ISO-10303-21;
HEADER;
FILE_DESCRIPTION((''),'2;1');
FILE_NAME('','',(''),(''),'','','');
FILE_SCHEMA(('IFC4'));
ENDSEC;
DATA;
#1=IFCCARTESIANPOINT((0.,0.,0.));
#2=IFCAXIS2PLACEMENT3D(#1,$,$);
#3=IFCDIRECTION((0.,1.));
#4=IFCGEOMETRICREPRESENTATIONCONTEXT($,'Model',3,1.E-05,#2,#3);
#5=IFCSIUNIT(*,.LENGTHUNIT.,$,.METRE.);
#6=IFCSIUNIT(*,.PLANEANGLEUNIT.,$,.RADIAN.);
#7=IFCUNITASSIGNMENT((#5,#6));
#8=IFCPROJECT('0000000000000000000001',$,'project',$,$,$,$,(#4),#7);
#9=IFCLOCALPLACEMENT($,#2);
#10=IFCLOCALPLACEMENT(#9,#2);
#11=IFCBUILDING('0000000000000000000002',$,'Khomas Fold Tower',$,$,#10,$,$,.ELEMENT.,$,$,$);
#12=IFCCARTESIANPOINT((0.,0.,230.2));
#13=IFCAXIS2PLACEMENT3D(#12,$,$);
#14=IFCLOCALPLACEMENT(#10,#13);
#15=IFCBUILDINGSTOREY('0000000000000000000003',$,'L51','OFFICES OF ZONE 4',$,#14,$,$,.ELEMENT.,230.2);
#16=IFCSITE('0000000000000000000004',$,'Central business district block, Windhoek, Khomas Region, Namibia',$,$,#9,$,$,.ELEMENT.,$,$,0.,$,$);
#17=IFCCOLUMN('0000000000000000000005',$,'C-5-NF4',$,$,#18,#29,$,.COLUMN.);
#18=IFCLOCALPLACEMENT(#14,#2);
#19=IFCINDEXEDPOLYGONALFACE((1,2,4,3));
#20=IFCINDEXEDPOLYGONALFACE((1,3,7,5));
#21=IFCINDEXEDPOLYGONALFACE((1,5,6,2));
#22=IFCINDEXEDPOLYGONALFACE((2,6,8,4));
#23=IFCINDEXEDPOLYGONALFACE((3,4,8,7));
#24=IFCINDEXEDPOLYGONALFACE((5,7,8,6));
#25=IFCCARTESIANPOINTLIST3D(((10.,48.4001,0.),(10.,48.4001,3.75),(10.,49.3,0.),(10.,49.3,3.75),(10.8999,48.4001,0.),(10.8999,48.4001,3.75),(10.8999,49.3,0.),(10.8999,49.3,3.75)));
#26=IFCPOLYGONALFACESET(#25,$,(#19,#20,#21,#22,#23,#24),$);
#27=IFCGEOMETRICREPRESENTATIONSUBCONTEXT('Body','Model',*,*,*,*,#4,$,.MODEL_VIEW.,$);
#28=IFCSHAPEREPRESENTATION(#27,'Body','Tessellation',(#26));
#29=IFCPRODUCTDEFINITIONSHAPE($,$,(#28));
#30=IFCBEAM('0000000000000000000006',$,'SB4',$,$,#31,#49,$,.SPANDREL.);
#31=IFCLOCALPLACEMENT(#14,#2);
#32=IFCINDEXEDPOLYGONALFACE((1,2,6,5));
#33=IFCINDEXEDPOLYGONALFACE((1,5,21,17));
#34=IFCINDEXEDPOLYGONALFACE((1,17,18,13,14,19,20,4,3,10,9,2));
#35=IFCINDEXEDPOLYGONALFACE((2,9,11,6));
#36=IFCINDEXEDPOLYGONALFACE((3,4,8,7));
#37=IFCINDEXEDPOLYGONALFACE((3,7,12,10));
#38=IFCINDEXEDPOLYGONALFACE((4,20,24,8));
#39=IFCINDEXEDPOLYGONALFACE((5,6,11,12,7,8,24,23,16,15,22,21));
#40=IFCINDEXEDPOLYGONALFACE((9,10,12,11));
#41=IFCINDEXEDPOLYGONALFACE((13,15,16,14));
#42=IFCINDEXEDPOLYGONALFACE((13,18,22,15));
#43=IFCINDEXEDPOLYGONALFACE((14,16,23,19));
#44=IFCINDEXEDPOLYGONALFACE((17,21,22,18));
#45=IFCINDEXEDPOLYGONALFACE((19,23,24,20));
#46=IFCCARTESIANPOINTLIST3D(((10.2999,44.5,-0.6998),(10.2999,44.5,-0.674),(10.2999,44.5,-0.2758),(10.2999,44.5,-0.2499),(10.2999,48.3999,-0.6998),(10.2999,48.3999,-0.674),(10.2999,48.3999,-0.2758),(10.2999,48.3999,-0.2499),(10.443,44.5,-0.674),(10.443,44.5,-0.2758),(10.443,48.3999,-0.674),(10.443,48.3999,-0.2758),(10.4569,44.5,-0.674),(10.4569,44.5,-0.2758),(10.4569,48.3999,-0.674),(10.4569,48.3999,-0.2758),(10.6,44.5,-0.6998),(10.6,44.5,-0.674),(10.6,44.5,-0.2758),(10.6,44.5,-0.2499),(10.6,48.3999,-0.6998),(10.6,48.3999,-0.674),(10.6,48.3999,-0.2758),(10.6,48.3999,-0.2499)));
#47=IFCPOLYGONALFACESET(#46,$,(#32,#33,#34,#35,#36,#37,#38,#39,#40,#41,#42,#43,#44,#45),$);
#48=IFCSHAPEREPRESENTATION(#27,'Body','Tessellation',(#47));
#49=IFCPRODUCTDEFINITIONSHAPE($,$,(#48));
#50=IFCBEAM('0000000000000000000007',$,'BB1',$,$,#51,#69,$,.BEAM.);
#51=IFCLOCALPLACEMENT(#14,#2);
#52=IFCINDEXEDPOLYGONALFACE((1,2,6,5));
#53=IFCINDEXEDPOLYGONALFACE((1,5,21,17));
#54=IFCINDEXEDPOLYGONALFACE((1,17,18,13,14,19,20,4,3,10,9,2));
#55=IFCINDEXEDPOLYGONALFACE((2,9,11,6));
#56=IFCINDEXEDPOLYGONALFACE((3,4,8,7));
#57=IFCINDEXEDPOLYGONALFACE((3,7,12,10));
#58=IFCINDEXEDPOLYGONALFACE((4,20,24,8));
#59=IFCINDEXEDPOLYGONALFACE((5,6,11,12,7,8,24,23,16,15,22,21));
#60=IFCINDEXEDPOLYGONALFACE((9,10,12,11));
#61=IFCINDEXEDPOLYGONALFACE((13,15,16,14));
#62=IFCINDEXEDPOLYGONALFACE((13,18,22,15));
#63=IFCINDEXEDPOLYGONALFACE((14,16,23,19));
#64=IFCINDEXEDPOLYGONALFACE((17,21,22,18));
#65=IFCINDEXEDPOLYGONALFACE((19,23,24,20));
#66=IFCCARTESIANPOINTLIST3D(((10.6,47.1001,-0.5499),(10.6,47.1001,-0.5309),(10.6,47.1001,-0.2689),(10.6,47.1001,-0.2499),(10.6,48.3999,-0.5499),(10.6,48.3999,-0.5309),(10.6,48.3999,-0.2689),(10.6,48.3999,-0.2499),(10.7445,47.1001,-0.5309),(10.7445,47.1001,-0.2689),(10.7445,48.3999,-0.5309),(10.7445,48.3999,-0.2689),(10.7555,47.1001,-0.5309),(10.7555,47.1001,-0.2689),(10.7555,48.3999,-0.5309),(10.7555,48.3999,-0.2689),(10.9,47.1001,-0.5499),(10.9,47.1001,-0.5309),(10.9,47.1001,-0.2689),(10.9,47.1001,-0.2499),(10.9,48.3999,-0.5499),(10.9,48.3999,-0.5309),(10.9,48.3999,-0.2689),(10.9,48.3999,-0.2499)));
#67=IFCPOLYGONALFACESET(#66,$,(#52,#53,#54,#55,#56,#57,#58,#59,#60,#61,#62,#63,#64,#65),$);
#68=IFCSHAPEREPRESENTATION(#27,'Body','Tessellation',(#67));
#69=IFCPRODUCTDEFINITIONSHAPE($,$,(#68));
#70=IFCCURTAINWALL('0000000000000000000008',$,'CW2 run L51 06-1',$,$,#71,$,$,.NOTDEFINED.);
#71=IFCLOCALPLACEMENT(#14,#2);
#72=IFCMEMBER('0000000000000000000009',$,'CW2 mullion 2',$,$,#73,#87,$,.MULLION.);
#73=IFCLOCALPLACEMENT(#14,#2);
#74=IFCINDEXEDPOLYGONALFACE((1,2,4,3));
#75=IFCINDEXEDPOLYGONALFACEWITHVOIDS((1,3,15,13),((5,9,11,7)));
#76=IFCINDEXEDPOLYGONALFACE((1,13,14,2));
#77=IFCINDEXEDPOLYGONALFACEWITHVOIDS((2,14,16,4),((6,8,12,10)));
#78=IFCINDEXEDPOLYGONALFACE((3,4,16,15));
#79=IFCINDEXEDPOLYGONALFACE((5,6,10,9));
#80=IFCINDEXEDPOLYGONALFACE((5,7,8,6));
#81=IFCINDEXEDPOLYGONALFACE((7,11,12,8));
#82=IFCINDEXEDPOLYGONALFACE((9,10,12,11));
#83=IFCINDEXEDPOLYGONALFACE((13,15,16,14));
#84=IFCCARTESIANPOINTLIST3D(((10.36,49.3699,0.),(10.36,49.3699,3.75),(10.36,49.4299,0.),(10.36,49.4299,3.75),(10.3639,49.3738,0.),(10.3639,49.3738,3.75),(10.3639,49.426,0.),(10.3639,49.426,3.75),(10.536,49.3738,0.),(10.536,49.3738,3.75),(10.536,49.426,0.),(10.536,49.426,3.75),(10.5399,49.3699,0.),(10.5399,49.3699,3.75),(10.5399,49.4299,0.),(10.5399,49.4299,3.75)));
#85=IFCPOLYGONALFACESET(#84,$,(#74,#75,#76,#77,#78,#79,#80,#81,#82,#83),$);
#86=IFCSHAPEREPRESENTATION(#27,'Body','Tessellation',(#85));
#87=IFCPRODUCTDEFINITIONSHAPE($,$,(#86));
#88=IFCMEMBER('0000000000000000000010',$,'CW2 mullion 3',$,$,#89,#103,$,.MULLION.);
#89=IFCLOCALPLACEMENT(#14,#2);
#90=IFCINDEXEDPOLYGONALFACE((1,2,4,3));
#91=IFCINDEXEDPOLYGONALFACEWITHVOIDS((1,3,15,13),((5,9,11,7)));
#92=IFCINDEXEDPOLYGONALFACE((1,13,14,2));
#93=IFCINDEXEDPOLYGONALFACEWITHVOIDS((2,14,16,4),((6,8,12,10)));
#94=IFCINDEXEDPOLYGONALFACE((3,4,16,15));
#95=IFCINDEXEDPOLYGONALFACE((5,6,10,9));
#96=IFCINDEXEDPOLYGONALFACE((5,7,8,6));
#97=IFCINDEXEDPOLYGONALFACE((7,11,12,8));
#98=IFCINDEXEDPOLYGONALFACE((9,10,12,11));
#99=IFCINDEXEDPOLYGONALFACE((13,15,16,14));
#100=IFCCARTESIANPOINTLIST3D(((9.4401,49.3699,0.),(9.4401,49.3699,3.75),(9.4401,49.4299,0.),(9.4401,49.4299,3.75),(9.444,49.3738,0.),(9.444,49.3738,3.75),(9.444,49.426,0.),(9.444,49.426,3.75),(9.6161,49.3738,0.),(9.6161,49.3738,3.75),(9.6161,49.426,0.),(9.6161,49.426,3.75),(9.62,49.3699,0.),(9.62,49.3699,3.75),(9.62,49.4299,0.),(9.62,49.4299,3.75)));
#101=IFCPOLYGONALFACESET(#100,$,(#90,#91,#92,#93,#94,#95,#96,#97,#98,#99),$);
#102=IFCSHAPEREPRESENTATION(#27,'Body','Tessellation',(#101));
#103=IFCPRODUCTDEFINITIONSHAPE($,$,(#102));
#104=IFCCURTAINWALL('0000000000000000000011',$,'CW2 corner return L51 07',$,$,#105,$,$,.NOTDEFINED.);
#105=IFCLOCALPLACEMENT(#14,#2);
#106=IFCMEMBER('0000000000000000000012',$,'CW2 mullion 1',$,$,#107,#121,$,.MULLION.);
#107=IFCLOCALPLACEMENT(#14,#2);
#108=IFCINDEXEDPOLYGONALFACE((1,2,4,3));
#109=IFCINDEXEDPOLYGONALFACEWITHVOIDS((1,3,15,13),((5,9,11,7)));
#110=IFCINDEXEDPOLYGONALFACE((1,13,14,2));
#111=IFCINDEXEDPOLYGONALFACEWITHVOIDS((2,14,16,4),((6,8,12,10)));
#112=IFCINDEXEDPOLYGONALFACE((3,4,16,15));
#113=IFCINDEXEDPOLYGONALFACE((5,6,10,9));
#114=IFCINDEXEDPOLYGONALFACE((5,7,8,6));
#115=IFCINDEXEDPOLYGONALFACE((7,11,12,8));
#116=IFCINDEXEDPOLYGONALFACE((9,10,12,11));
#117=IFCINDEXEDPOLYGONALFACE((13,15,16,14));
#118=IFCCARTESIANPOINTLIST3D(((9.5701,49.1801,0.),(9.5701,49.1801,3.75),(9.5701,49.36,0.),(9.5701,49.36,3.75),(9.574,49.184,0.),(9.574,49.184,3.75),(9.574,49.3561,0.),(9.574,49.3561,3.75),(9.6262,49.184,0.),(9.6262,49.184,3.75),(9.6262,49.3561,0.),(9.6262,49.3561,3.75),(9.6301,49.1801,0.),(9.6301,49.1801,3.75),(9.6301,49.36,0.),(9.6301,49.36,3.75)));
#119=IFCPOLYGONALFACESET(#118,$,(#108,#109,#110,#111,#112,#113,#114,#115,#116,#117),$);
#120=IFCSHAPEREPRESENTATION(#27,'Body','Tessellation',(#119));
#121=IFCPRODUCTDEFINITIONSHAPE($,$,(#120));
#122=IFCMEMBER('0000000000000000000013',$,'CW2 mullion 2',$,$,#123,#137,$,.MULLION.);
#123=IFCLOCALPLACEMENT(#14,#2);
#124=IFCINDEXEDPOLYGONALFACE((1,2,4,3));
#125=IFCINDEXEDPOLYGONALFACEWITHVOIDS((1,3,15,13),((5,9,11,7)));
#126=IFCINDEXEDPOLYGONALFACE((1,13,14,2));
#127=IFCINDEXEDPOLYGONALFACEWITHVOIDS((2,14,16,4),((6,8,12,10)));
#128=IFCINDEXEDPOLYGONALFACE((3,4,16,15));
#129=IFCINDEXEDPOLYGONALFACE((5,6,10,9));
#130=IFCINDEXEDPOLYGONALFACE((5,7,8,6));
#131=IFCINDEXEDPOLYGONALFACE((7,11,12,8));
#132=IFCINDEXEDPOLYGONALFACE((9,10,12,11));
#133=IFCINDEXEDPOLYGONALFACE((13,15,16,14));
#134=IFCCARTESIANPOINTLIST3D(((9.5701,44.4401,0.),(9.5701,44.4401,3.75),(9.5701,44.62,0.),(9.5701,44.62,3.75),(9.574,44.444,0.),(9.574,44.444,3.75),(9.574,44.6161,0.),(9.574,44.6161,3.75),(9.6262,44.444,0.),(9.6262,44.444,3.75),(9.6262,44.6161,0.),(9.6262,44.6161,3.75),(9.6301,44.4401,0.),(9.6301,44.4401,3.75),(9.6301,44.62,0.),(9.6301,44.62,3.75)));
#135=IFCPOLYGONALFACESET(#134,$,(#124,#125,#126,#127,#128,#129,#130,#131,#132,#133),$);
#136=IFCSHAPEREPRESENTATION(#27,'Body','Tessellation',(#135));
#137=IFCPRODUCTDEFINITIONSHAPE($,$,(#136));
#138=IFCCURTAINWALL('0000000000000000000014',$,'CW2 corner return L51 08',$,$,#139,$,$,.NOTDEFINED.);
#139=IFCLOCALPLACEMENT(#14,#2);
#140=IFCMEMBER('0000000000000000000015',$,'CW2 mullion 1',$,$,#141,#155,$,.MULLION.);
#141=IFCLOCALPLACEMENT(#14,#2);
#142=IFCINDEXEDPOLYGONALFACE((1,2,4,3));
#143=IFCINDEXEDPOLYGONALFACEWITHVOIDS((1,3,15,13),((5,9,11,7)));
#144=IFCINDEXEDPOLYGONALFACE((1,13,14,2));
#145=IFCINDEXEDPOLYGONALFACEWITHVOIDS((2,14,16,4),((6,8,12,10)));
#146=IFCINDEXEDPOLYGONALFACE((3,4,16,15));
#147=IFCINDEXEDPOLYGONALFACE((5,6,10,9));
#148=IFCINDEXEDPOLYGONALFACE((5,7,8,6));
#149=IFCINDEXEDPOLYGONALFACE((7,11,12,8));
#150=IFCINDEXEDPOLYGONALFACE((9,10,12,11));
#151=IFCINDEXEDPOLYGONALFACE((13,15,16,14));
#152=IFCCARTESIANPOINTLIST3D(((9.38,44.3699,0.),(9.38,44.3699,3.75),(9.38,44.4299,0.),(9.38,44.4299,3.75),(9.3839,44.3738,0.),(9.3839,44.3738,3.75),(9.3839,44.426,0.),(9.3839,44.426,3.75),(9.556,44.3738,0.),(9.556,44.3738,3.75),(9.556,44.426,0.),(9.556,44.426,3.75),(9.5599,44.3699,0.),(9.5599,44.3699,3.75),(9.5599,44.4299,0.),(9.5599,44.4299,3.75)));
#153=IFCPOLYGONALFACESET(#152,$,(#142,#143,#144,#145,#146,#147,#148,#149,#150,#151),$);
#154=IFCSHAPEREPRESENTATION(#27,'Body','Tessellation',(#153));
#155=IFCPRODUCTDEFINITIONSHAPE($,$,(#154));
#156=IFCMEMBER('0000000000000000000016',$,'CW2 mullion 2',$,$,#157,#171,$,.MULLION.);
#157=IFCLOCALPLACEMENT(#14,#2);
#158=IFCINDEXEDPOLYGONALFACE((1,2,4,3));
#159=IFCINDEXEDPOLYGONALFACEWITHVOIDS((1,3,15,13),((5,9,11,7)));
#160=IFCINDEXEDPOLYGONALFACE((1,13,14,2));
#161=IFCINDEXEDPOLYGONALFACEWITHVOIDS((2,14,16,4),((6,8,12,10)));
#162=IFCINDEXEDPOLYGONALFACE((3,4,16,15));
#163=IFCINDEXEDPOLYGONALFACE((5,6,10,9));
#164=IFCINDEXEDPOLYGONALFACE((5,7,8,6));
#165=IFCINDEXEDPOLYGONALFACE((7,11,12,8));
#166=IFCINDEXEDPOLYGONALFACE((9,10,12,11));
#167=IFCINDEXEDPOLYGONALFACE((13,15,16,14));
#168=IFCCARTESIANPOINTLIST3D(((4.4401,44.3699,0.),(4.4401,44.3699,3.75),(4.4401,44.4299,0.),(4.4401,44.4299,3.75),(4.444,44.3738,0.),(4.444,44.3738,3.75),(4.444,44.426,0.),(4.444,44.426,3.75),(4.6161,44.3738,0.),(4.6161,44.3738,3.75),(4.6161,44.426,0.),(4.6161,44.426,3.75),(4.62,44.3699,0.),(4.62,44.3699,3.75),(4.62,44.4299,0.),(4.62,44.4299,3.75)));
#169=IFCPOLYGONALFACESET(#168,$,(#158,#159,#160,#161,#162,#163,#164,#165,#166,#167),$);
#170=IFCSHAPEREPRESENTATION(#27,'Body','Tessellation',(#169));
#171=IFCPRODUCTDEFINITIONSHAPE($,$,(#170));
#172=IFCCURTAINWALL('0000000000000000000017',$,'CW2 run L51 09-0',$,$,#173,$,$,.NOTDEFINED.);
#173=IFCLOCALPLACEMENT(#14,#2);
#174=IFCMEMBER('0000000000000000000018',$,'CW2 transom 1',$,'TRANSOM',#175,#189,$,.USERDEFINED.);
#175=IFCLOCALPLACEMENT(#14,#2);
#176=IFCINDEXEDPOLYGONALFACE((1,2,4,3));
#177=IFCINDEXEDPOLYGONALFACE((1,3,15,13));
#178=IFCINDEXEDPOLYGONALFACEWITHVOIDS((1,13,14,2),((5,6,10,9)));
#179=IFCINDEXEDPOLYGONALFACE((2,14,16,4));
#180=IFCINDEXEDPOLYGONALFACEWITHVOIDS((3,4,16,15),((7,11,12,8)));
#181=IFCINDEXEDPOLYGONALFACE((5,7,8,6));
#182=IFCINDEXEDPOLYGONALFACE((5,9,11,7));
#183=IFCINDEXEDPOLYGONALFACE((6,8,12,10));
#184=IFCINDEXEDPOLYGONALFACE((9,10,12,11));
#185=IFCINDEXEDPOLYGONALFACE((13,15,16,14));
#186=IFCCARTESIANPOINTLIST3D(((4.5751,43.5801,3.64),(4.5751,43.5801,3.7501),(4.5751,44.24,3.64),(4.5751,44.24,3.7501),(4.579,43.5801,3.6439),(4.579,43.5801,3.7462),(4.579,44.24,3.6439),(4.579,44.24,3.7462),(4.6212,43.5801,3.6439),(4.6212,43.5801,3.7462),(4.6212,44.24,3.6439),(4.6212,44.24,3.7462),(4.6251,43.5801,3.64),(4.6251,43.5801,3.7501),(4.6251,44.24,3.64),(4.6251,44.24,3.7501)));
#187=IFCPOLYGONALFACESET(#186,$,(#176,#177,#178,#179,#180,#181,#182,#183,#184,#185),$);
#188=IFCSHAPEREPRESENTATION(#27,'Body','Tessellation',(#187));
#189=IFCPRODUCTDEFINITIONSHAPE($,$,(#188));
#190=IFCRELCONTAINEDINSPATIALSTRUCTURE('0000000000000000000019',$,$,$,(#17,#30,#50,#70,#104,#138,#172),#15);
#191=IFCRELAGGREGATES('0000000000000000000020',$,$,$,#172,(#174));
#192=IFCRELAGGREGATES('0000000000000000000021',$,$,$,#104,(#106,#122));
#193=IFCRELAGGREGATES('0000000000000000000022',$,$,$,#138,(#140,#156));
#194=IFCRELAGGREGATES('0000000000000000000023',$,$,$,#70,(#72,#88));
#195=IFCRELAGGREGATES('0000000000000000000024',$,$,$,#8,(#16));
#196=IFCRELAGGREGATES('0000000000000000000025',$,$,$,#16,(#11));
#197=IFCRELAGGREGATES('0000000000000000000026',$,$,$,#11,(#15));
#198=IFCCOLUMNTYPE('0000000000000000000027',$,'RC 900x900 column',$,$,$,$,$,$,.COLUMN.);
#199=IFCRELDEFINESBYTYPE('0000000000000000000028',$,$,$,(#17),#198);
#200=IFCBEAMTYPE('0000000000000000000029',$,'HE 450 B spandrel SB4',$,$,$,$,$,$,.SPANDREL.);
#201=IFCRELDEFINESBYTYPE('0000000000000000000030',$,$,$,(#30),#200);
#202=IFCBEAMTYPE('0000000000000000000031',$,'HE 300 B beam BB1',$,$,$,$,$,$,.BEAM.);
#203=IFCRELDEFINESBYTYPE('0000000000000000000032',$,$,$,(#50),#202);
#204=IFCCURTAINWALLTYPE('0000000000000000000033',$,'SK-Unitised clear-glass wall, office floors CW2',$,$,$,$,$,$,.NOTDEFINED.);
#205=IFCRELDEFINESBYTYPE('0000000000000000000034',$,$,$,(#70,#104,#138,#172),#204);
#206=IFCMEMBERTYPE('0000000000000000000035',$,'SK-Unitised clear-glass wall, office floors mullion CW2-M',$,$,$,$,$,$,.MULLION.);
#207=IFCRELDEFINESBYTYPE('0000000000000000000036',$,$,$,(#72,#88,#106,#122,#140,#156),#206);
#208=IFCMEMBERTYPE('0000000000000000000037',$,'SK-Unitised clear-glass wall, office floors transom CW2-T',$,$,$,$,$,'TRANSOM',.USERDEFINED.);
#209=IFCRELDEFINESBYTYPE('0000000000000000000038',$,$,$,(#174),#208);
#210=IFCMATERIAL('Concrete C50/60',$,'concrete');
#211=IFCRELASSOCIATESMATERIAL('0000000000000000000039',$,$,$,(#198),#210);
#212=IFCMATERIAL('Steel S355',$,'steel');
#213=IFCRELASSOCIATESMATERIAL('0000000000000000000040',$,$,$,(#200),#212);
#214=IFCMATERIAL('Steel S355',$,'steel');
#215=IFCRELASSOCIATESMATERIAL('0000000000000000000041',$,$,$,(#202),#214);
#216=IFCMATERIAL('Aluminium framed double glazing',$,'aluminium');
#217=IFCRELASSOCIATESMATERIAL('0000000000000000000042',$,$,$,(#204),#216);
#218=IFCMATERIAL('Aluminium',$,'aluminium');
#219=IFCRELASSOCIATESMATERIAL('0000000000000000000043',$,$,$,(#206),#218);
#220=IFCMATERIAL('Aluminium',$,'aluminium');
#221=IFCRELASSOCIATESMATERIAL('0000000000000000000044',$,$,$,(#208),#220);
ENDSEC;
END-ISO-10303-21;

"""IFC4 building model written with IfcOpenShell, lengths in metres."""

from ifc_helpers import new_model, si_unit, direction, frame, origin, origin_2d, place, context, subcontext, project, spatial, rectangle, hollow_rectangle, i_section, extrude, source, transform, mapped, material, material_profile, profile_set, type_object, element, aggregate, save


model = new_model("IFC4")

# Units and contexts
model_context = context("Model", 3, precision=1e-05, world=origin(), true_north=direction((0.0, 1.0)))
body_context = subcontext(model_context, "Body", "Model", "MODEL_VIEW")
ifc_project = project(units=[si_unit("LENGTHUNIT", "METRE"), si_unit("PLANEANGLEUNIT", "RADIAN")], contexts=[model_context])

# Site, building, storey
site_placement = place(None, origin())
site = spatial("IfcSite", under=ifc_project, at=site_placement, Name="Central business district block, Windhoek, Khomas Region, Namibia", CompositionType="ELEMENT", RefElevation=0.0)
building_placement = place(site_placement, origin())
building = spatial("IfcBuilding", under=site, at=building_placement, Name="Khomas Fold Tower", CompositionType="ELEMENT")
storey_placement = place(building_placement, frame((0.0, 0.0, 230.2)))
storey = spatial("IfcBuildingStorey", under=building, at=storey_placement, Name="L51", Description="OFFICES OF ZONE 4", CompositionType="ELEMENT", Elevation=230.2)

# Column
ifc_material_1 = material(Name="Concrete C50/60", Category="concrete")
ifc_material_profile_1 = material_profile(ifc_material_1, rectangle(XDim=0.8999, YDim=0.8999, at=origin_2d()), Name="RC 900x900")
ifc_profile_set_1 = profile_set([ifc_material_profile_1], Name="Concrete C50/60")
column_type = type_object("IfcColumnType", Name="RC 900x900 column", PredefinedType="COLUMN", material=ifc_profile_set_1)
shared_shape_1 = source(origin(), body_context, "Body", "SweptSolid", [
    extrude(rectangle(XDim=0.8999, YDim=0.8999, at=origin_2d()), origin(), (0.0, 0.0, 1.0), 3.75),
])
column_placement = place(storey_placement, frame((10.45, 48.8501, 0.0), z_axis=(0.0, 0.0, 1.0), x_axis=(1.0, 0.0, 0.0)))
element("IfcColumn", 1, at=column_placement, inside=storey, type_object=column_type, Name="C-5-NF4", PredefinedType="COLUMN", context=body_context, shape_type="MappedRepresentation", body=[
    mapped(shared_shape_1, transform((0.0, 0.0, 0.0))),
])

# Beams
ifc_material_2 = material(Name="Steel S355", Category="steel")
ifc_material_profile_2 = material_profile(ifc_material_2, i_section(OverallWidth=0.3, OverallDepth=0.45, WebThickness=0.0139, FlangeThickness=0.0259, at=origin_2d()), Name="HE 450 B")
ifc_profile_set_2 = profile_set([ifc_material_profile_2], Name="Steel S355")
beam_type_1 = type_object("IfcBeamType", Name="HE 450 B spandrel SB4", PredefinedType="SPANDREL", material=ifc_profile_set_2)
shared_shape_2 = source(origin(), body_context, "Body", "SweptSolid", [
    extrude(i_section(OverallWidth=0.3, OverallDepth=0.45, WebThickness=0.0139, FlangeThickness=0.0259, at=origin_2d()), origin(), (0.0, 0.0, 1.0), 3.8999),
])
beam_1_placement = place(storey_placement, frame((10.45, 44.5, -0.4749), z_axis=(0.0, 1.0, 0.0), x_axis=(-1.0, 0.0, 0.0)))
element("IfcBeam", 2, at=beam_1_placement, inside=storey, type_object=beam_type_1, Name="SB4", PredefinedType="SPANDREL", context=body_context, shape_type="MappedRepresentation", body=[
    mapped(shared_shape_2, transform((0.0, 0.0, 0.0))),
])
ifc_material_3 = material(Name="Steel S355", Category="steel")
ifc_material_profile_3 = material_profile(ifc_material_3, i_section(OverallWidth=0.3, OverallDepth=0.3, WebThickness=0.011, FlangeThickness=0.019, at=origin_2d()), Name="HE 300 B")
ifc_profile_set_3 = profile_set([ifc_material_profile_3], Name="Steel S355")
beam_type_2 = type_object("IfcBeamType", Name="HE 300 B beam BB1", PredefinedType="BEAM", material=ifc_profile_set_3)
shared_shape_3 = source(origin(), body_context, "Body", "SweptSolid", [
    extrude(i_section(OverallWidth=0.3, OverallDepth=0.3, WebThickness=0.011, FlangeThickness=0.019, at=origin_2d()), origin(), (0.0, 0.0, 1.0), 1.2998),
])
beam_2_placement = place(storey_placement, frame((10.75, 47.1001, -0.3999), z_axis=(0.0, 1.0, 0.0), x_axis=(-1.0, 0.0, 0.0)))
element("IfcBeam", 3, at=beam_2_placement, inside=storey, type_object=beam_type_2, Name="BB1", PredefinedType="BEAM", context=body_context, shape_type="MappedRepresentation", body=[
    mapped(shared_shape_3, transform((0.0, 0.0, 0.0))),
])

# Curtain walls, members
ifc_material_4 = material(Name="Aluminium framed double glazing", Category="aluminium")
curtain_wall_type = type_object("IfcCurtainWallType", Name="SK-Unitised clear-glass wall, office floors CW2", PredefinedType="NOTDEFINED", material=ifc_material_4)
curtain_wall_1_placement = place(storey_placement, origin())
curtain_wall_1 = element("IfcCurtainWall", 4, at=curtain_wall_1_placement, inside=storey, type_object=curtain_wall_type, Name="CW2 run L51 06-1", PredefinedType="NOTDEFINED")
ifc_material_5 = material(Name="Aluminium", Category="aluminium")
ifc_material_profile_4 = material_profile(ifc_material_5, hollow_rectangle(XDim=0.0601, YDim=0.1799, WallThickness=0.0039, at=origin_2d()), Name="SK-Unitised clear-glass wall, office floors mullion CW2-M")
ifc_profile_set_4 = profile_set([ifc_material_profile_4], Name="Aluminium")
member_type_1 = type_object("IfcMemberType", Name="SK-Unitised clear-glass wall, office floors mullion CW2-M", PredefinedType="MULLION", material=ifc_profile_set_4)
shared_shape_4 = source(origin(), body_context, "Body", "SweptSolid", [
    extrude(hollow_rectangle(XDim=0.0601, YDim=0.1799, WallThickness=0.0039, at=origin_2d()), origin(), (0.0, 0.0, 1.0), 3.75),
])
member_1_placement = place(storey_placement, frame((10.45, 49.3999, 0.0), z_axis=(0.0, 0.0, 1.0), x_axis=(0.0, -1.0, 0.0)))
member_1 = element("IfcMember", 5, at=member_1_placement, type_object=member_type_1, Name="CW2 mullion 2", PredefinedType="MULLION", context=body_context, shape_type="MappedRepresentation", body=[
    mapped(shared_shape_4, transform((0.0, 0.0, 0.0))),
])
member_2_placement = place(storey_placement, frame((9.53, 49.3999, 0.0), z_axis=(0.0, 0.0, 1.0), x_axis=(0.0, -1.0, 0.0)))
member_2 = element("IfcMember", 6, at=member_2_placement, type_object=member_type_1, Name="CW2 mullion 3", PredefinedType="MULLION", context=body_context, shape_type="MappedRepresentation", body=[
    mapped(shared_shape_4, transform((0.0, 0.0, 0.0))),
])
curtain_wall_2_placement = place(storey_placement, origin())
curtain_wall_2 = element("IfcCurtainWall", 7, at=curtain_wall_2_placement, inside=storey, type_object=curtain_wall_type, Name="CW2 corner return L51 07", PredefinedType="NOTDEFINED")
member_3_placement = place(storey_placement, frame((9.6001, 49.27, 0.0), z_axis=(0.0, 0.0, 1.0), x_axis=(1.0, 0.0, 0.0)))
member_3 = element("IfcMember", 8, at=member_3_placement, type_object=member_type_1, Name="CW2 mullion 1", PredefinedType="MULLION", context=body_context, shape_type="MappedRepresentation", body=[
    mapped(shared_shape_4, transform((0.0, 0.0, 0.0))),
])
member_4_placement = place(storey_placement, frame((9.6001, 44.53, 0.0), z_axis=(0.0, 0.0, 1.0), x_axis=(1.0, 0.0, 0.0)))
member_4 = element("IfcMember", 9, at=member_4_placement, type_object=member_type_1, Name="CW2 mullion 2", PredefinedType="MULLION", context=body_context, shape_type="MappedRepresentation", body=[
    mapped(shared_shape_4, transform((0.0, 0.0, 0.0))),
])
curtain_wall_3_placement = place(storey_placement, origin())
curtain_wall_3 = element("IfcCurtainWall", 10, at=curtain_wall_3_placement, inside=storey, type_object=curtain_wall_type, Name="CW2 corner return L51 08", PredefinedType="NOTDEFINED")
member_5_placement = place(storey_placement, frame((9.47, 44.3999, 0.0), z_axis=(0.0, 0.0, 1.0), x_axis=(0.0, -1.0, 0.0)))
member_5 = element("IfcMember", 11, at=member_5_placement, type_object=member_type_1, Name="CW2 mullion 1", PredefinedType="MULLION", context=body_context, shape_type="MappedRepresentation", body=[
    mapped(shared_shape_4, transform((0.0, 0.0, 0.0))),
])
member_6_placement = place(storey_placement, frame((4.53, 44.3999, 0.0), z_axis=(0.0, 0.0, 1.0), x_axis=(0.0, -1.0, 0.0)))
member_6 = element("IfcMember", 12, at=member_6_placement, type_object=member_type_1, Name="CW2 mullion 2", PredefinedType="MULLION", context=body_context, shape_type="MappedRepresentation", body=[
    mapped(shared_shape_4, transform((0.0, 0.0, 0.0))),
])

# Curtain wall, member
curtain_wall_4_placement = place(storey_placement, origin())
curtain_wall_4 = element("IfcCurtainWall", 13, at=curtain_wall_4_placement, inside=storey, type_object=curtain_wall_type, Name="CW2 run L51 09-0", PredefinedType="NOTDEFINED")
ifc_material_6 = material(Name="Aluminium", Category="aluminium")
ifc_material_profile_5 = material_profile(ifc_material_6, hollow_rectangle(XDim=0.05, YDim=0.1101, WallThickness=0.0039, at=origin_2d()), Name="SK-Unitised clear-glass wall, office floors transom CW2-T")
ifc_profile_set_5 = profile_set([ifc_material_profile_5], Name="Aluminium")
member_type_2 = type_object("IfcMemberType", Name="SK-Unitised clear-glass wall, office floors transom CW2-T", ElementType="TRANSOM", PredefinedType="USERDEFINED", material=ifc_profile_set_5)
shared_shape_5 = source(origin(), body_context, "Body", "SweptSolid", [
    extrude(hollow_rectangle(XDim=0.05, YDim=0.1101, WallThickness=0.0039, at=origin_2d()), origin(), (0.0, 0.0, 1.0), 0.6599),
])
member_7_placement = place(storey_placement, frame((4.6001, 44.24, 3.6951), z_axis=(0.0, -1.0, 0.0), x_axis=(1.0, 0.0, 0.0)))
member_7 = element("IfcMember", 14, at=member_7_placement, type_object=member_type_2, Name="CW2 transom 1", ObjectType="TRANSOM", PredefinedType="USERDEFINED", context=body_context, shape_type="MappedRepresentation", body=[
    mapped(shared_shape_5, transform((0.0, 0.0, 0.0))),
])

aggregate(curtain_wall_4, [member_7])
aggregate(curtain_wall_2, [member_3, member_4])
aggregate(curtain_wall_3, [member_5, member_6])
aggregate(curtain_wall_1, [member_1, member_2])

save(model, "model.ifc")
